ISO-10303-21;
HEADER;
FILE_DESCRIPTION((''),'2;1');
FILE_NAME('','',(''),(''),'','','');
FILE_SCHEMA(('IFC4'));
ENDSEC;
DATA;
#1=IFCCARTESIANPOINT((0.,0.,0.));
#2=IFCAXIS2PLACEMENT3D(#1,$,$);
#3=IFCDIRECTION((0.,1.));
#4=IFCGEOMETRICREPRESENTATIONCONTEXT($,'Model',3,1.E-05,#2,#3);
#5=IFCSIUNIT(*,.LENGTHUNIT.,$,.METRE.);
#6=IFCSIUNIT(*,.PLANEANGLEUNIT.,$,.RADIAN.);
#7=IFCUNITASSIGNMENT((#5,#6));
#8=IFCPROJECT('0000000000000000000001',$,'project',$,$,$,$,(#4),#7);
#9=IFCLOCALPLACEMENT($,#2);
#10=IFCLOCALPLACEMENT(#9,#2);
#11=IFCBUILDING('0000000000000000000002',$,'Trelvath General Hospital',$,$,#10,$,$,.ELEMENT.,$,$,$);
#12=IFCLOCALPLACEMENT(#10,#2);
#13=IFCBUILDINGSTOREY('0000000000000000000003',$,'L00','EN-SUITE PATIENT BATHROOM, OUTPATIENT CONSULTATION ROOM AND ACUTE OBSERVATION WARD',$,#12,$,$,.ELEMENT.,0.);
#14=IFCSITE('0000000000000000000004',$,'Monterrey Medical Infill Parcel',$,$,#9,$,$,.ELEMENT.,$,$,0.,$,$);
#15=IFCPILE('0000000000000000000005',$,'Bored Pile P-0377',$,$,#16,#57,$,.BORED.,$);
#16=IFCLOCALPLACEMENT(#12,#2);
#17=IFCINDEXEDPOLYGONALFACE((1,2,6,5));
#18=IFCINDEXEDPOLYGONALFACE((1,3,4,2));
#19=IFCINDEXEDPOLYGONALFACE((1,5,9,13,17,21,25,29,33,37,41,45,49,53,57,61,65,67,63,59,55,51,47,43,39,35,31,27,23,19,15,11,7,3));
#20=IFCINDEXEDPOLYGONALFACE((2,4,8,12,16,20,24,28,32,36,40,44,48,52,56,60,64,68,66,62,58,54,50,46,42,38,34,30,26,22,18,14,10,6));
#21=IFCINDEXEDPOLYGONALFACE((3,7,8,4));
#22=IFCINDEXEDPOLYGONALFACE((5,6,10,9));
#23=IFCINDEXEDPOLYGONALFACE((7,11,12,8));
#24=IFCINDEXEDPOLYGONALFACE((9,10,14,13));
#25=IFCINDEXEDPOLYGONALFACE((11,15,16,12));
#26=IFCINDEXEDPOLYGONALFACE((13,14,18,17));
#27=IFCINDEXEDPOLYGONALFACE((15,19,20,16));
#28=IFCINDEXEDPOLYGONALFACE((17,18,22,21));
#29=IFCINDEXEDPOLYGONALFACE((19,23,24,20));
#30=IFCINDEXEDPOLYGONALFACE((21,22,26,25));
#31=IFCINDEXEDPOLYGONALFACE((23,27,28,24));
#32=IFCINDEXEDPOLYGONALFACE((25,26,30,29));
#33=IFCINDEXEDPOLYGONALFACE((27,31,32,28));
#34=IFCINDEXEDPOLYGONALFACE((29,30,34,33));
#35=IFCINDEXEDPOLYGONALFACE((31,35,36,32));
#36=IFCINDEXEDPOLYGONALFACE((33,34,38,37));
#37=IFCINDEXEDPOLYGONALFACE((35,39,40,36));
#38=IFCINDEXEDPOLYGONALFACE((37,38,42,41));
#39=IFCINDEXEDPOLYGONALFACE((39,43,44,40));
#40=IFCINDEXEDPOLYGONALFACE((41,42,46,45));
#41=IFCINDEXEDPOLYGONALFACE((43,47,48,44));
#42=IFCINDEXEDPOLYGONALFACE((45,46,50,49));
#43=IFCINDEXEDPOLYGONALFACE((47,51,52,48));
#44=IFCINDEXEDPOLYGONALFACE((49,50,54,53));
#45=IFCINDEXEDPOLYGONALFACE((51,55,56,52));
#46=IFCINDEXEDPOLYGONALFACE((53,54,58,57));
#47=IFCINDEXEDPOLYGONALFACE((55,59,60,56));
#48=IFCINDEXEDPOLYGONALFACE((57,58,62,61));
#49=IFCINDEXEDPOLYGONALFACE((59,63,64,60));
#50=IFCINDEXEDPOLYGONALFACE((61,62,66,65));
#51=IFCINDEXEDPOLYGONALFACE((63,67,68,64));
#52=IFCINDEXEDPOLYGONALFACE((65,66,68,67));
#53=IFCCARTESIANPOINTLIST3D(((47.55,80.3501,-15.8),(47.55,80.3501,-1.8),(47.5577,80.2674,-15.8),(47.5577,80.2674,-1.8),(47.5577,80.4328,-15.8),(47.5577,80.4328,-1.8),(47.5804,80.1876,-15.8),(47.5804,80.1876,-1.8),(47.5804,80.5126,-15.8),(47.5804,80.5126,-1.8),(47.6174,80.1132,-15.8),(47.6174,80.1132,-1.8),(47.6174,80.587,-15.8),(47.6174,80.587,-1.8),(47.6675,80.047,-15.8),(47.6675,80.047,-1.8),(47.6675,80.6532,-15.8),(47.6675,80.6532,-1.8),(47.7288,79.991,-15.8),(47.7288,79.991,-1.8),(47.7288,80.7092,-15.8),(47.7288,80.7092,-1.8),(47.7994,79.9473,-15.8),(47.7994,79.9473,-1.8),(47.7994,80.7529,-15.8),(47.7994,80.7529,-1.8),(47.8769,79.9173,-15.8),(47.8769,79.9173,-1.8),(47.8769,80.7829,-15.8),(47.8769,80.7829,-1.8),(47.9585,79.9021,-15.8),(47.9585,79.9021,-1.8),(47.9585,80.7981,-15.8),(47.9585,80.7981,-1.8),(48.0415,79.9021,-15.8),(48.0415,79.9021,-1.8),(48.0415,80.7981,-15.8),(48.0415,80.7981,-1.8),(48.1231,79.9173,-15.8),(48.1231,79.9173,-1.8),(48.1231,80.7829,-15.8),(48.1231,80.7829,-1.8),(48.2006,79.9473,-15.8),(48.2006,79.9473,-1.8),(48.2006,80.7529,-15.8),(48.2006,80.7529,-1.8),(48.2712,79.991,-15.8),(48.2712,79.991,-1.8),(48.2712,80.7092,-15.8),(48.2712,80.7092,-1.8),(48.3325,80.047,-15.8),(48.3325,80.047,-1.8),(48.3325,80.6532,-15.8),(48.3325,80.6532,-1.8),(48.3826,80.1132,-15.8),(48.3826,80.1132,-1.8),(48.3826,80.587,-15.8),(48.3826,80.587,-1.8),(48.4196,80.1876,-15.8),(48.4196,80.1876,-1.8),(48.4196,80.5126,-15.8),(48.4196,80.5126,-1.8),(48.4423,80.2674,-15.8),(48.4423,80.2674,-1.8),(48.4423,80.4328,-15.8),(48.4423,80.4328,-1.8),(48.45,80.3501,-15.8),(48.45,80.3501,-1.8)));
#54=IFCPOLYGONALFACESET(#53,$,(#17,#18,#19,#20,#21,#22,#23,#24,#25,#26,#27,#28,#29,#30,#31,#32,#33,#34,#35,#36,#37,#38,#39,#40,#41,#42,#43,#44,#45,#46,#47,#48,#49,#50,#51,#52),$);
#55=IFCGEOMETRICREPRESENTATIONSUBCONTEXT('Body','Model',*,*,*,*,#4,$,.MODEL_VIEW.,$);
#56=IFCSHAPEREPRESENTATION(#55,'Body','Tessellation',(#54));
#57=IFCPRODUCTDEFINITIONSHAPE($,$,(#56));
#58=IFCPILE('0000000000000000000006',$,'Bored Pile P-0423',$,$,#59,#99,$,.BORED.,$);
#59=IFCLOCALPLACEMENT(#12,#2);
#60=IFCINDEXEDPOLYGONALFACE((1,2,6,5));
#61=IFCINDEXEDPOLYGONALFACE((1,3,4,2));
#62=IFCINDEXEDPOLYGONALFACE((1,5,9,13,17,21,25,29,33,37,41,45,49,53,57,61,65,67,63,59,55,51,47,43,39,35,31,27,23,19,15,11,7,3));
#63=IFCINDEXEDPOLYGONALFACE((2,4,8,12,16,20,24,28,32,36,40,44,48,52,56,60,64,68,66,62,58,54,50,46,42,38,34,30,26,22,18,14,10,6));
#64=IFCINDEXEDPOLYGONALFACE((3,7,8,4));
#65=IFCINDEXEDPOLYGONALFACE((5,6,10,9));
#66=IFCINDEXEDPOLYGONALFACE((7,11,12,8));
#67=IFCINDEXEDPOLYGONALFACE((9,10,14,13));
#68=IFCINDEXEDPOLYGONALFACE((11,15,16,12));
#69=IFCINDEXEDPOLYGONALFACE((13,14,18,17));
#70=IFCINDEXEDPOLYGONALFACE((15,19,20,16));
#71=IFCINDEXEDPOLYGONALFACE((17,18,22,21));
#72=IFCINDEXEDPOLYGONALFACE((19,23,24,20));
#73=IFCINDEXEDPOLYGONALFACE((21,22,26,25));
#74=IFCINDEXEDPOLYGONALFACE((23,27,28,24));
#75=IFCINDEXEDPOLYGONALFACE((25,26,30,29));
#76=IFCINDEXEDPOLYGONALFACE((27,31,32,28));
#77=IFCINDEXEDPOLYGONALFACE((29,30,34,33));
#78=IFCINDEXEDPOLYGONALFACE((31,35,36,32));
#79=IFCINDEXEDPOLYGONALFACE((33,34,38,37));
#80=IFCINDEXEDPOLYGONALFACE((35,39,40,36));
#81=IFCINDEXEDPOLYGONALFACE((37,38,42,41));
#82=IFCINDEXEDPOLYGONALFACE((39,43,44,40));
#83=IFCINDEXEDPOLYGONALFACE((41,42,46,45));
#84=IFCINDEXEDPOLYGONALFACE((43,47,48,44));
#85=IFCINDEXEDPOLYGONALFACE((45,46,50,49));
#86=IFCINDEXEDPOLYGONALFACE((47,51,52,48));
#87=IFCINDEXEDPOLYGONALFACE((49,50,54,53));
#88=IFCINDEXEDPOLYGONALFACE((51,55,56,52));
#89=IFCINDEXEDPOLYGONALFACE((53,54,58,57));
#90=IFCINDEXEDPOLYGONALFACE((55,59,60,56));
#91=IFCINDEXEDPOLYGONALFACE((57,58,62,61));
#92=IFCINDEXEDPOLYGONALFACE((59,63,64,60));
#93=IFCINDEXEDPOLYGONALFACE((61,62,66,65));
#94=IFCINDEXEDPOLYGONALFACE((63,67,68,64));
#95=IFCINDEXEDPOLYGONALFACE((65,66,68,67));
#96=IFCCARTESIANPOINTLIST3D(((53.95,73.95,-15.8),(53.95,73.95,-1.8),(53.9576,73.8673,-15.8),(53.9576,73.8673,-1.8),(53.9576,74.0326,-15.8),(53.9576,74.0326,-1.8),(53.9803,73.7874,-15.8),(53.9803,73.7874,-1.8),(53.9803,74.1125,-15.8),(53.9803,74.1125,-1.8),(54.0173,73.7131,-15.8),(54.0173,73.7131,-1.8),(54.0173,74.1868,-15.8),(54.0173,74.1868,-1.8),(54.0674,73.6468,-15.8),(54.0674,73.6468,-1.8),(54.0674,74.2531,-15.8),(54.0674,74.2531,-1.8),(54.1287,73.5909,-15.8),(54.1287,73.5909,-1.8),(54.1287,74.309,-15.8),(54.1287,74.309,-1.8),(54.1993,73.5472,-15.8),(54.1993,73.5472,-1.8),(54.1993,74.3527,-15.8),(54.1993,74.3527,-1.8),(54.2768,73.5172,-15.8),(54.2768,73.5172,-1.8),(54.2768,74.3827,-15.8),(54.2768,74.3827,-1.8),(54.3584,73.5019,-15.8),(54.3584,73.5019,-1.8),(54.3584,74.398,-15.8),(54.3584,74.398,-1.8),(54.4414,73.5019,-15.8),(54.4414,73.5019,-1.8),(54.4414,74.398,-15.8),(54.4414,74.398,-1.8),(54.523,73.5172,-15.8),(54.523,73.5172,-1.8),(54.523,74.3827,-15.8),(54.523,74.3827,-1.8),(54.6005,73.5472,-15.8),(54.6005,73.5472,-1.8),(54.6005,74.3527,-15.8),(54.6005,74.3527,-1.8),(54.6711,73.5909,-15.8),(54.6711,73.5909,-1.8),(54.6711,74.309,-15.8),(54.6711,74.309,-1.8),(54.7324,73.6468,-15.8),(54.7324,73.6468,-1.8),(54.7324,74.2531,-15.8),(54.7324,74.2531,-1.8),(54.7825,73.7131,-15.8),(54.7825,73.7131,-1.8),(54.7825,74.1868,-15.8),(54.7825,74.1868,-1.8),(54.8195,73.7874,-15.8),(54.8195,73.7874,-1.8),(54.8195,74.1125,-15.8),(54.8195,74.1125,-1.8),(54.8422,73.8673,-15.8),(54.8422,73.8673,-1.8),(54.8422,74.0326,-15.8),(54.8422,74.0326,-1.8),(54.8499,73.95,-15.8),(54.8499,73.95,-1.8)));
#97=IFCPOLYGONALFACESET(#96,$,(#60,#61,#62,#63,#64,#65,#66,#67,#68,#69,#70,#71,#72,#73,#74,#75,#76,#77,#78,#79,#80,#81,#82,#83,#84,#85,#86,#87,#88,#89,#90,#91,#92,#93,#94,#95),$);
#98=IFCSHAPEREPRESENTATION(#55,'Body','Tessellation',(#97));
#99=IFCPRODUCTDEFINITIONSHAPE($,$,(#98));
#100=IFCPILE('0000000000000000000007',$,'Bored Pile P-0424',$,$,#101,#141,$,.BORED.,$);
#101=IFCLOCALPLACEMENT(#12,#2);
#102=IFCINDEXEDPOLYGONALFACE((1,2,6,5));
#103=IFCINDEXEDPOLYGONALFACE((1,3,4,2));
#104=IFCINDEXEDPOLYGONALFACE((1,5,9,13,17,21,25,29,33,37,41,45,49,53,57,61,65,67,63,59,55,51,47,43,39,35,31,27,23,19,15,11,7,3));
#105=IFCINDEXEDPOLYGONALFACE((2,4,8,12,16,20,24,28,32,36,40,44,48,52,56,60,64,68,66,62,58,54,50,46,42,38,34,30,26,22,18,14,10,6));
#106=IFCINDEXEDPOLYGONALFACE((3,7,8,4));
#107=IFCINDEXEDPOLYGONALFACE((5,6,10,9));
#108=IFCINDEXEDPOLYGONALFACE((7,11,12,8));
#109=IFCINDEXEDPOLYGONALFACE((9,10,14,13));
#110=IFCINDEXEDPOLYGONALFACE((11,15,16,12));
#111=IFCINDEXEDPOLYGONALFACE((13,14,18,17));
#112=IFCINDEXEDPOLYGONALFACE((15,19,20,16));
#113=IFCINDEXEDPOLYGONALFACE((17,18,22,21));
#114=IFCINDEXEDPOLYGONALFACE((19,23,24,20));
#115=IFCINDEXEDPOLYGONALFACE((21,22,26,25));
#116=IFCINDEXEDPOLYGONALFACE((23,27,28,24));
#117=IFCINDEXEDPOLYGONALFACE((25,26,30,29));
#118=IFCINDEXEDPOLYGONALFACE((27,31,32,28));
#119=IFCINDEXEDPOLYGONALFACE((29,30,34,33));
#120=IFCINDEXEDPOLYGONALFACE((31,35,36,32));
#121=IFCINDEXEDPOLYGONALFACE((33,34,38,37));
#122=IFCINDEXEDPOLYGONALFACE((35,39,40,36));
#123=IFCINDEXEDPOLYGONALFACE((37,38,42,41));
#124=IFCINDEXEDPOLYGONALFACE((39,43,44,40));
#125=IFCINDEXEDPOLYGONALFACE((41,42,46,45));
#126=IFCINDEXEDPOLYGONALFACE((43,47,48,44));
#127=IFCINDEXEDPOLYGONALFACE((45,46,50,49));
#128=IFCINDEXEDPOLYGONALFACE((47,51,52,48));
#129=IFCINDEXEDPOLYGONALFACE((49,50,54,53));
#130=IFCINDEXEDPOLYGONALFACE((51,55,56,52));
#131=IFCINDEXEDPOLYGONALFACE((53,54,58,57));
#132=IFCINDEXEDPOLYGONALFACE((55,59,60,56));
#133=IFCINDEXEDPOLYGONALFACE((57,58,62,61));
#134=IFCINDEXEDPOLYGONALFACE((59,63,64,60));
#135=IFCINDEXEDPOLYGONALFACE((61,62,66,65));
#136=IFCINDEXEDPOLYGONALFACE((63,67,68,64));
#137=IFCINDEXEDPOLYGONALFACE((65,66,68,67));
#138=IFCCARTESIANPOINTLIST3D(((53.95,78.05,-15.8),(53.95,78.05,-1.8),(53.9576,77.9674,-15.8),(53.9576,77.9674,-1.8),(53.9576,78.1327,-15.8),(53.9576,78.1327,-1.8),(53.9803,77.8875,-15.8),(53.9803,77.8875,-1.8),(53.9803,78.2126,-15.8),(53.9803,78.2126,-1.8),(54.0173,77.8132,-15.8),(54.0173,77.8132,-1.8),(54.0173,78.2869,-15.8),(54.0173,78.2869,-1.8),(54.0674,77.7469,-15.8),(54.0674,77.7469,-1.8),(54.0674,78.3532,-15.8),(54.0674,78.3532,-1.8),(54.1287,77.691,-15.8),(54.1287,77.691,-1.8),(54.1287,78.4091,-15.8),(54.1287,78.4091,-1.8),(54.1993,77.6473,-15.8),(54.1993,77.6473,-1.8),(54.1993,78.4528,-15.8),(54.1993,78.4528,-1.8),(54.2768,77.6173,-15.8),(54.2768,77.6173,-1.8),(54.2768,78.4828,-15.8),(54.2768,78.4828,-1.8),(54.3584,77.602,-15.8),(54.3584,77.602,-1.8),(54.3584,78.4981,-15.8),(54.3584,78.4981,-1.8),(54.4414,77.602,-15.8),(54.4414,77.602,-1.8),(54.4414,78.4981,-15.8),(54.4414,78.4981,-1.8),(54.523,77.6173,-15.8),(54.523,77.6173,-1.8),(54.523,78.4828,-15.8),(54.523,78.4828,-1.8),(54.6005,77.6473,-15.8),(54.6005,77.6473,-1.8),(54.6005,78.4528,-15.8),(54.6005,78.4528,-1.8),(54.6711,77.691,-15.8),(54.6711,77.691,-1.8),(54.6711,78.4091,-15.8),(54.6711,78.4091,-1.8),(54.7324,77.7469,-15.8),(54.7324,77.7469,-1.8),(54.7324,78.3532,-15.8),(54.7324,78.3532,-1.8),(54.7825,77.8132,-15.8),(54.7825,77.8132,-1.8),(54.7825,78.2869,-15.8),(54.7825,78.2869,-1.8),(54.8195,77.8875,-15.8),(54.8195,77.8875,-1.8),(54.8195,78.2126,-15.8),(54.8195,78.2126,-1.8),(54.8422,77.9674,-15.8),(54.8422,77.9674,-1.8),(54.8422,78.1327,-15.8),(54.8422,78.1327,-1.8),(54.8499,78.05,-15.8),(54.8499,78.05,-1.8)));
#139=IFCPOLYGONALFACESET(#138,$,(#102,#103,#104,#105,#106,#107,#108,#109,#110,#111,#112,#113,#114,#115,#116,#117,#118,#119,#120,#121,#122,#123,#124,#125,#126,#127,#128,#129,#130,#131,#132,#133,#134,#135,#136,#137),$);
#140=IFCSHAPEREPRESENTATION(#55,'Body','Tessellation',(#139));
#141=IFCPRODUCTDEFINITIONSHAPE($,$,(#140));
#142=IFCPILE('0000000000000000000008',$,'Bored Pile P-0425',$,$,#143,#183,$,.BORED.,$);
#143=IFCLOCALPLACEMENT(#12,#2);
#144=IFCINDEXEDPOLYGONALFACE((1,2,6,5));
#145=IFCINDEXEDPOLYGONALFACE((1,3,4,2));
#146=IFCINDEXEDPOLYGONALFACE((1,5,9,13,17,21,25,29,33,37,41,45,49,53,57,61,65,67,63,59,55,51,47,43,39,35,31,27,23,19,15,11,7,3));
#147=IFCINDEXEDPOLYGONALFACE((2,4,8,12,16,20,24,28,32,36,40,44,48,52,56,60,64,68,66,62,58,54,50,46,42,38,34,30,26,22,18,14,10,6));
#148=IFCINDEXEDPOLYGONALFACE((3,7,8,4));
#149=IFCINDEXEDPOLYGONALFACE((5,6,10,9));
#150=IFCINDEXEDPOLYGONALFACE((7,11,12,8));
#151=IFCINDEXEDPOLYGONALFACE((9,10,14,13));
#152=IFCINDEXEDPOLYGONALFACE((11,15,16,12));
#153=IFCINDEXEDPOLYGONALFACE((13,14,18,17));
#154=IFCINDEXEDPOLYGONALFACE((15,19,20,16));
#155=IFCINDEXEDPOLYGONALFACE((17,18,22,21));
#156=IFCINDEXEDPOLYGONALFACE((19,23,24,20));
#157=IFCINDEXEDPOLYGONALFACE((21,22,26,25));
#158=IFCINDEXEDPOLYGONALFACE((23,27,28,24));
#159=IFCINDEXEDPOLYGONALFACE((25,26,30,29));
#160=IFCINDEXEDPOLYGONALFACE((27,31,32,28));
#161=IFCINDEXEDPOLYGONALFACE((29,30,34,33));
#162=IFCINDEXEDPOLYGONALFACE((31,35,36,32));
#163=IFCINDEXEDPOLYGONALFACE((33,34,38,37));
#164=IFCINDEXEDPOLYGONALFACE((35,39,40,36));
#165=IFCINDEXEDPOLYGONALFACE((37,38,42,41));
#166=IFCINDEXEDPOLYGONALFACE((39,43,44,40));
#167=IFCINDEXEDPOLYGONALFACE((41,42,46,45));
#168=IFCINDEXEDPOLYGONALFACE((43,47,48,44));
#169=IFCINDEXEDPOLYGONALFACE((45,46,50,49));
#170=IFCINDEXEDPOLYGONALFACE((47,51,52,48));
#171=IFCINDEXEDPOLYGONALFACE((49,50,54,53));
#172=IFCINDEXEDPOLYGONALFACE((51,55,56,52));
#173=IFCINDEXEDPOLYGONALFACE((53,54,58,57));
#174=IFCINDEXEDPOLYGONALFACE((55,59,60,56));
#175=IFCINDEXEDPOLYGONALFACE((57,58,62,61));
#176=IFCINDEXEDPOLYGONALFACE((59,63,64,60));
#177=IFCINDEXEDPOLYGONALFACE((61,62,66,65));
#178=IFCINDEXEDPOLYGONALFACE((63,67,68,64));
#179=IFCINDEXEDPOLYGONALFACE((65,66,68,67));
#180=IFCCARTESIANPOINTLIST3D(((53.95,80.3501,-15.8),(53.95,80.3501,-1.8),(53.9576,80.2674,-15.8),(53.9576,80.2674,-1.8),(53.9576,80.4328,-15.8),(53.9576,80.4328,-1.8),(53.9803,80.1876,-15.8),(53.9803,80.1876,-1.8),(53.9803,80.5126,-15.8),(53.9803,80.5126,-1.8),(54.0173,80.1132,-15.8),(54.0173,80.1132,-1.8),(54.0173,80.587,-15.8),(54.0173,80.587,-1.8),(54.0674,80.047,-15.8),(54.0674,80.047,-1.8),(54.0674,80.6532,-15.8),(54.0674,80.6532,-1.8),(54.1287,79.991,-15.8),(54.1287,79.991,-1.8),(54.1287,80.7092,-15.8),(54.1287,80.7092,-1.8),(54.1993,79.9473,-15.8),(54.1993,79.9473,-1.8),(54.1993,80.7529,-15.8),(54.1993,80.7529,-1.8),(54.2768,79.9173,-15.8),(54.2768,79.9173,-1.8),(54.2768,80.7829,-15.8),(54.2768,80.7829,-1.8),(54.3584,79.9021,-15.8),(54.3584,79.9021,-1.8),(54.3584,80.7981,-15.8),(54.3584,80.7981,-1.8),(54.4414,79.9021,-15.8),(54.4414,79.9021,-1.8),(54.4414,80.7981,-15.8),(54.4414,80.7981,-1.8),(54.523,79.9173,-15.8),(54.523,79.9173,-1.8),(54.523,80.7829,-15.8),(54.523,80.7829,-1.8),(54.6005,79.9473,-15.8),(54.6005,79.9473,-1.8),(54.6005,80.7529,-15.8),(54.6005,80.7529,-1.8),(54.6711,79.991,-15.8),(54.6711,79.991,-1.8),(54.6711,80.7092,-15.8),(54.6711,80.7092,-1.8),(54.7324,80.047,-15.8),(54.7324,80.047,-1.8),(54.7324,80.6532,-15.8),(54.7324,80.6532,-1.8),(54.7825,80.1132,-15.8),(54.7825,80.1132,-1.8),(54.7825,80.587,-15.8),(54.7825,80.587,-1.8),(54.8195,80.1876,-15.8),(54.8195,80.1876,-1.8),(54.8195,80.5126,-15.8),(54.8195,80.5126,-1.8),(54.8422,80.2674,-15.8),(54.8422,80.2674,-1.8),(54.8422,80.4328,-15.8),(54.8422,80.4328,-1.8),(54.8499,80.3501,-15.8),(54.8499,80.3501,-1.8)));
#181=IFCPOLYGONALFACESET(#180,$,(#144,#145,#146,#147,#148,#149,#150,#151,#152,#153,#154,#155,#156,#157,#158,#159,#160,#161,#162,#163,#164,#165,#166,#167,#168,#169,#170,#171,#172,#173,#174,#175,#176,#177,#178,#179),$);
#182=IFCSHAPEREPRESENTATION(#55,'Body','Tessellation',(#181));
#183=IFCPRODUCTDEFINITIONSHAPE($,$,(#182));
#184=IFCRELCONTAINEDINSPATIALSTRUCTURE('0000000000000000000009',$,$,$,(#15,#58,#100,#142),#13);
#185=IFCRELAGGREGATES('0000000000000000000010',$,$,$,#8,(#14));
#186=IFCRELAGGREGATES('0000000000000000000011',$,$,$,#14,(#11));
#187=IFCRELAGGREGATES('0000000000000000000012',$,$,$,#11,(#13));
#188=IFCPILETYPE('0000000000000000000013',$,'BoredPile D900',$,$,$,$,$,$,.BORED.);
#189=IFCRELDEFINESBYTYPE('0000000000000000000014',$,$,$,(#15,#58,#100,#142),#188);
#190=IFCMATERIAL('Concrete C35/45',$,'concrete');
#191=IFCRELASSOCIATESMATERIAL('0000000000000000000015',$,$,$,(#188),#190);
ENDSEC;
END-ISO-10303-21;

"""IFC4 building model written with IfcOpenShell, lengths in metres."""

from ifc_helpers import new_model, si_unit, direction, frame, origin, origin_2d, place, context, subcontext, project, spatial, circle, extrude, material, material_profile, profile_set, type_object, element, save


model = new_model("IFC4")

# Units and contexts
model_context = context("Model", 3, precision=1e-05, world=origin(), true_north=direction((0.0, 1.0)))
body_context = subcontext(model_context, "Body", "Model", "MODEL_VIEW")
ifc_project = project(units=[si_unit("LENGTHUNIT", "METRE"), si_unit("PLANEANGLEUNIT", "RADIAN")], contexts=[model_context])

# Site, building, storey
site_placement = place(None, origin())
site = spatial("IfcSite", under=ifc_project, at=site_placement, Name="Monterrey Medical Infill Parcel", CompositionType="ELEMENT", RefElevation=0.0)
building_placement = place(site_placement, origin())
building = spatial("IfcBuilding", under=site, at=building_placement, Name="Trelvath General Hospital", CompositionType="ELEMENT")
storey_placement = place(building_placement, origin())
storey = spatial("IfcBuildingStorey", under=building, at=storey_placement, Name="L00", Description="EN-SUITE PATIENT BATHROOM, OUTPATIENT CONSULTATION ROOM AND ACUTE OBSERVATION WARD", CompositionType="ELEMENT", Elevation=0.0)

# Piles
ifc_material_1 = material(Name="Concrete C35/45", Category="concrete")
ifc_material_profile_1 = material_profile(ifc_material_1, circle(Radius=0.45, at=origin_2d()), Name="PILE900")
ifc_profile_set_1 = profile_set([ifc_material_profile_1], Name="Concrete C35/45")
pile_type_1 = type_object("IfcPileType", Name="BoredPile D900", PredefinedType="BORED", material=ifc_profile_set_1)
for number, where, z_axis, x_axis, name in (
    (1, (48.0, 80.3501, -1.8), (0.0, 0.0, -1.0), (1.0, 0.0, 0.0), "Bored Pile P-0377"),
    (2, (54.3999, 73.95, -1.8), (0.0, 0.0, -1.0), (1.0, 0.0, 0.0), "Bored Pile P-0423"),
    (3, (54.3999, 78.05, -1.8), (0.0, 0.0, -1.0), (1.0, 0.0, 0.0), "Bored Pile P-0424"),
    (4, (54.3999, 80.3501, -1.8), (0.0, 0.0, -1.0), (1.0, 0.0, 0.0), "Bored Pile P-0425"),
):
    element("IfcPile", number, at=place(storey_placement, frame(where, z_axis=z_axis, x_axis=x_axis)), inside=storey, type_object=pile_type_1, Name=name, PredefinedType="BORED", context=body_context, shape_type="SweptSolid", body=[
        extrude(circle(Radius=0.45, at=origin_2d()), origin(), (0.0, 0.0, 1.0), 14.0),
    ])

save(model, "model.ifc")
